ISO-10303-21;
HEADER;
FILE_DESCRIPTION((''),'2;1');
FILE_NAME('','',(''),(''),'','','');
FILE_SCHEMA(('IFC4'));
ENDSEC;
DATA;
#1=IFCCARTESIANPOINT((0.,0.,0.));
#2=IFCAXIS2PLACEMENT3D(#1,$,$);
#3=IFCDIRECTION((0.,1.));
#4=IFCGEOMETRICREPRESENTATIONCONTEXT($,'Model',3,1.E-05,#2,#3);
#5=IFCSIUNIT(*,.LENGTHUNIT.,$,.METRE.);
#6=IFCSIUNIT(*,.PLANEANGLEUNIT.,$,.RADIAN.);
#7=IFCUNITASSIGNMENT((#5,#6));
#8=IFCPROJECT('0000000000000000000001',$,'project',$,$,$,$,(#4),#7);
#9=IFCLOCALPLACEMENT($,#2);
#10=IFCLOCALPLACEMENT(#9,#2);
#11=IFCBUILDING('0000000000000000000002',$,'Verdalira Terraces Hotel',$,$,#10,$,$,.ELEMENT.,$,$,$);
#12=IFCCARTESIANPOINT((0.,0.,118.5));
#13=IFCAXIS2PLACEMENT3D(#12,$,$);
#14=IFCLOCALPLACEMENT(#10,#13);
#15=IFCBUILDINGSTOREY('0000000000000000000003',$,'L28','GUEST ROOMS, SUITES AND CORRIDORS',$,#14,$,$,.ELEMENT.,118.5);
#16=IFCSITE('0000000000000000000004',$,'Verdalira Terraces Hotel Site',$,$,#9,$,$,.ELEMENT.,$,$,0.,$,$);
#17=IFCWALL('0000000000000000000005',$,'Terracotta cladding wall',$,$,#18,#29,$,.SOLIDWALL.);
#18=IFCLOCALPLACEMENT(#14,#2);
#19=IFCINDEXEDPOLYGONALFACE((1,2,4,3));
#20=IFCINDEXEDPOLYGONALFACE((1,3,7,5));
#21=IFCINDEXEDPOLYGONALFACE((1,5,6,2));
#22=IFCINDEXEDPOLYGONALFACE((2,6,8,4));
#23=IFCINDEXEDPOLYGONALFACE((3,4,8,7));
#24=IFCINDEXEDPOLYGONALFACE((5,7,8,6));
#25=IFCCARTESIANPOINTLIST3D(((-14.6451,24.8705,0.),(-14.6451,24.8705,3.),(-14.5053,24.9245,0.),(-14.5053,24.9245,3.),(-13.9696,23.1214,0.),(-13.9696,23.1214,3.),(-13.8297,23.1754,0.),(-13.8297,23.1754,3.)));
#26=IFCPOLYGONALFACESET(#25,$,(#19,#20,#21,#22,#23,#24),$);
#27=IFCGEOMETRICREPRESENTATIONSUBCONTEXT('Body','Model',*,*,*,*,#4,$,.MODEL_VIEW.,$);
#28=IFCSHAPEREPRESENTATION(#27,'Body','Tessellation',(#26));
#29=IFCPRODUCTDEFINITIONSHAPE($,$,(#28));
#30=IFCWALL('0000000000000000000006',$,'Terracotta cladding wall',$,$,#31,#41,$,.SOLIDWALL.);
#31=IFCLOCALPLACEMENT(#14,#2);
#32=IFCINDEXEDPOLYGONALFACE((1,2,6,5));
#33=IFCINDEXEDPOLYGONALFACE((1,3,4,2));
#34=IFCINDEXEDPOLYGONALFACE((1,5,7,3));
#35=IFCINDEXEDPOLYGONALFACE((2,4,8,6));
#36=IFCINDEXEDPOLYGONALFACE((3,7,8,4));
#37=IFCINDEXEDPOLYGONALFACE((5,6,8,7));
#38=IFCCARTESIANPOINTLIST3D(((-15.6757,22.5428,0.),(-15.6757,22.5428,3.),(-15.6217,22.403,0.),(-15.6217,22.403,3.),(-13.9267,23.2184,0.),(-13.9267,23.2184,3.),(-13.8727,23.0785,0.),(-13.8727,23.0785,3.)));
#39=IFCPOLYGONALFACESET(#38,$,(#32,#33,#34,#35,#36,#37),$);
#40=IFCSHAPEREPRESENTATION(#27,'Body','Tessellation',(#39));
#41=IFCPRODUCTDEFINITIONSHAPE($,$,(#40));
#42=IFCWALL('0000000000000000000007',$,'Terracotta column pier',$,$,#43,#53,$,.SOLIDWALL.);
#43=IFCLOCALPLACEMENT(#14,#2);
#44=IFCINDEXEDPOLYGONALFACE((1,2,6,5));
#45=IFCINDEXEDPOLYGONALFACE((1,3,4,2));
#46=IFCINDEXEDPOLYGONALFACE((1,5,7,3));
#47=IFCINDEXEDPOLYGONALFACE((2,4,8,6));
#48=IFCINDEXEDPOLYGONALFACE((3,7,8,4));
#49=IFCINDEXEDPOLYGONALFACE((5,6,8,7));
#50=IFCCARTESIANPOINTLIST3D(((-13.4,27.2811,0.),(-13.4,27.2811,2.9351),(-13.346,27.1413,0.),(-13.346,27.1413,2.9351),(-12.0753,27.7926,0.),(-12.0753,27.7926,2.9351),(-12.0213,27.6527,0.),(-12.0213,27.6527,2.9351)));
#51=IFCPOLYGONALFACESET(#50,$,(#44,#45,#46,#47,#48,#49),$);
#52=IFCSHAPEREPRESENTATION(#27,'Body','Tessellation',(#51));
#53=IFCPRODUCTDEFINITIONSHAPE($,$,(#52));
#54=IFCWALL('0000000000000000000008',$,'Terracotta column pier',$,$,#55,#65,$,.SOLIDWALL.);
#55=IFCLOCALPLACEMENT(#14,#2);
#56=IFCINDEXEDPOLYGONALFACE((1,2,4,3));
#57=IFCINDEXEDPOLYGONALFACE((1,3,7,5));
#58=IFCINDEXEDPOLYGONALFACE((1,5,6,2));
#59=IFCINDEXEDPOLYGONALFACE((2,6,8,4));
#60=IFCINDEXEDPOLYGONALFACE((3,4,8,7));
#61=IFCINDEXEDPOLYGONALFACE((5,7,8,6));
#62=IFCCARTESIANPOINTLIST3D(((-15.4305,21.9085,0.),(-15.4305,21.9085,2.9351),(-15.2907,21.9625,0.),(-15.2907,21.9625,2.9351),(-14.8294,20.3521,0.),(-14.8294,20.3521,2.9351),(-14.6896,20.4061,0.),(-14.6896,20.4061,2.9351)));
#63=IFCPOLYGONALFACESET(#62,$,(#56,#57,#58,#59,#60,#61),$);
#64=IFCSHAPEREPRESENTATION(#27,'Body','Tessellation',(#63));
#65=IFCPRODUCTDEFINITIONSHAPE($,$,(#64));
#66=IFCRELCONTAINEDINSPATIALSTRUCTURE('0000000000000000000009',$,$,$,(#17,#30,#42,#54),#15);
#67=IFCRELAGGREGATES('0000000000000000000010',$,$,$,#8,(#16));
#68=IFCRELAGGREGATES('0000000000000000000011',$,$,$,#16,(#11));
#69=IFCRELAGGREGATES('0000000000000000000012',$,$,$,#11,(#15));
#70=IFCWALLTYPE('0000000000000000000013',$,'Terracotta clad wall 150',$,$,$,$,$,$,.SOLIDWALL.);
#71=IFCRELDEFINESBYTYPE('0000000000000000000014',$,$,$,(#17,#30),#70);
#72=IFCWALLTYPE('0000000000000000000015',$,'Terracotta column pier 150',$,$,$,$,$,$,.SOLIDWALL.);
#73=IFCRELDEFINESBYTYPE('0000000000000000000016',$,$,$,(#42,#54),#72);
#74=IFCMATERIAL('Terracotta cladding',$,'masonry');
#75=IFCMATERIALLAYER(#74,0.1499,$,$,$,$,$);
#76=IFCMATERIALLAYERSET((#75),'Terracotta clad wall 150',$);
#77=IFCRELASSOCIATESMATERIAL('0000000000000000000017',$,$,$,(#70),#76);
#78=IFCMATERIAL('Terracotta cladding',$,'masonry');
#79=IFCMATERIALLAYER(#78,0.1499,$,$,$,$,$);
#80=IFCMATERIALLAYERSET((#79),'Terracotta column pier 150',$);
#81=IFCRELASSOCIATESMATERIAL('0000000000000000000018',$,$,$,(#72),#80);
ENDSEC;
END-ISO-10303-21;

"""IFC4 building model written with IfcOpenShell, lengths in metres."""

from ifc_helpers import new_model, si_unit, direction, frame, frame_2d, origin, place, context, subcontext, project, spatial, rectangle, extrude, material, layer, layer_set, type_object, element, save


model = new_model("IFC4")

# Units and contexts
model_context = context("Model", 3, precision=1e-05, world=origin(), true_north=direction((0.0, 1.0)))
body_context = subcontext(model_context, "Body", "Model", "MODEL_VIEW")
ifc_project = project(units=[si_unit("LENGTHUNIT", "METRE"), si_unit("PLANEANGLEUNIT", "RADIAN")], contexts=[model_context])

# Site, building, storey
site_placement = place(None, origin())
site = spatial("IfcSite", under=ifc_project, at=site_placement, Name="Verdalira Terraces Hotel Site", CompositionType="ELEMENT", RefElevation=0.0)
building_placement = place(site_placement, origin())
building = spatial("IfcBuilding", under=site, at=building_placement, Name="Verdalira Terraces Hotel", CompositionType="ELEMENT")
storey_placement = place(building_placement, frame((0.0, 0.0, 118.5)))
storey = spatial("IfcBuildingStorey", under=building, at=storey_placement, Name="L28", Description="GUEST ROOMS, SUITES AND CORRIDORS", CompositionType="ELEMENT", Elevation=118.5)

# Walls
ifc_material_1 = material(Name="Terracotta cladding", Category="masonry")
ifc_layer_1 = layer(ifc_material_1, 0.1499)
ifc_layer_set_1 = layer_set([ifc_layer_1], Name="Terracotta clad wall 150")
wall_type_1 = type_object("IfcWallType", Name="Terracotta clad wall 150", PredefinedType="SOLIDWALL", material=ifc_layer_set_1)
for number, where, z_axis, x_axis, name in (
    (1, (-14.5752, 24.8975, 0.0), (0.0, 0.0, 1.0), (0.360296, -0.932838, 0.0), "Terracotta cladding wall"),
    (2, (-13.8997, 23.1484, 0.0), (0.0, 0.0, 1.0), (-0.932838, -0.360296, 0.0), "Terracotta cladding wall"),
):
    element("IfcWall", number, at=place(storey_placement, frame(where, z_axis=z_axis, x_axis=x_axis)), inside=storey, type_object=wall_type_1, Name=name, PredefinedType="SOLIDWALL", context=body_context, shape_type="SweptSolid", body=[
        extrude(rectangle(XDim=1.875, YDim=0.1499, at=frame_2d((0.9375, 0.0))), origin(), (0.0, 0.0, 1.0), 3.0),
    ])
ifc_material_2 = material(Name="Terracotta cladding", Category="masonry")
ifc_layer_2 = layer(ifc_material_2, 0.1499)
ifc_layer_set_2 = layer_set([ifc_layer_2], Name="Terracotta column pier 150")
wall_type_2 = type_object("IfcWallType", Name="Terracotta column pier 150", PredefinedType="SOLIDWALL", material=ifc_layer_set_2)
wall_1_placement = place(storey_placement, frame((-12.0483, 27.7227, 0.0), z_axis=(0.0, 0.0, 1.0), x_axis=(-0.93288, -0.360188, 0.0)))
element("IfcWall", 3, at=wall_1_placement, inside=storey, type_object=wall_type_2, Name="Terracotta column pier", PredefinedType="SOLIDWALL", context=body_context, shape_type="SweptSolid", body=[
    extrude(rectangle(XDim=1.4199, YDim=0.1499, at=frame_2d((0.71, 0.0))), origin(), (0.0, 0.0, 1.0), 2.9351),
])
wall_2_placement = place(storey_placement, frame((-15.3606, 21.9355, 0.0), z_axis=(0.0, 0.0, 1.0), x_axis=(0.360263, -0.932851, 0.0)))
element("IfcWall", 4, at=wall_2_placement, inside=storey, type_object=wall_type_2, Name="Terracotta column pier", PredefinedType="SOLIDWALL", context=body_context, shape_type="SweptSolid", body=[
    extrude(rectangle(XDim=1.6685, YDim=0.1499, at=frame_2d((0.8342, 0.0))), origin(), (0.0, 0.0, 1.0), 2.9351),
])

save(model, "model.ifc")
